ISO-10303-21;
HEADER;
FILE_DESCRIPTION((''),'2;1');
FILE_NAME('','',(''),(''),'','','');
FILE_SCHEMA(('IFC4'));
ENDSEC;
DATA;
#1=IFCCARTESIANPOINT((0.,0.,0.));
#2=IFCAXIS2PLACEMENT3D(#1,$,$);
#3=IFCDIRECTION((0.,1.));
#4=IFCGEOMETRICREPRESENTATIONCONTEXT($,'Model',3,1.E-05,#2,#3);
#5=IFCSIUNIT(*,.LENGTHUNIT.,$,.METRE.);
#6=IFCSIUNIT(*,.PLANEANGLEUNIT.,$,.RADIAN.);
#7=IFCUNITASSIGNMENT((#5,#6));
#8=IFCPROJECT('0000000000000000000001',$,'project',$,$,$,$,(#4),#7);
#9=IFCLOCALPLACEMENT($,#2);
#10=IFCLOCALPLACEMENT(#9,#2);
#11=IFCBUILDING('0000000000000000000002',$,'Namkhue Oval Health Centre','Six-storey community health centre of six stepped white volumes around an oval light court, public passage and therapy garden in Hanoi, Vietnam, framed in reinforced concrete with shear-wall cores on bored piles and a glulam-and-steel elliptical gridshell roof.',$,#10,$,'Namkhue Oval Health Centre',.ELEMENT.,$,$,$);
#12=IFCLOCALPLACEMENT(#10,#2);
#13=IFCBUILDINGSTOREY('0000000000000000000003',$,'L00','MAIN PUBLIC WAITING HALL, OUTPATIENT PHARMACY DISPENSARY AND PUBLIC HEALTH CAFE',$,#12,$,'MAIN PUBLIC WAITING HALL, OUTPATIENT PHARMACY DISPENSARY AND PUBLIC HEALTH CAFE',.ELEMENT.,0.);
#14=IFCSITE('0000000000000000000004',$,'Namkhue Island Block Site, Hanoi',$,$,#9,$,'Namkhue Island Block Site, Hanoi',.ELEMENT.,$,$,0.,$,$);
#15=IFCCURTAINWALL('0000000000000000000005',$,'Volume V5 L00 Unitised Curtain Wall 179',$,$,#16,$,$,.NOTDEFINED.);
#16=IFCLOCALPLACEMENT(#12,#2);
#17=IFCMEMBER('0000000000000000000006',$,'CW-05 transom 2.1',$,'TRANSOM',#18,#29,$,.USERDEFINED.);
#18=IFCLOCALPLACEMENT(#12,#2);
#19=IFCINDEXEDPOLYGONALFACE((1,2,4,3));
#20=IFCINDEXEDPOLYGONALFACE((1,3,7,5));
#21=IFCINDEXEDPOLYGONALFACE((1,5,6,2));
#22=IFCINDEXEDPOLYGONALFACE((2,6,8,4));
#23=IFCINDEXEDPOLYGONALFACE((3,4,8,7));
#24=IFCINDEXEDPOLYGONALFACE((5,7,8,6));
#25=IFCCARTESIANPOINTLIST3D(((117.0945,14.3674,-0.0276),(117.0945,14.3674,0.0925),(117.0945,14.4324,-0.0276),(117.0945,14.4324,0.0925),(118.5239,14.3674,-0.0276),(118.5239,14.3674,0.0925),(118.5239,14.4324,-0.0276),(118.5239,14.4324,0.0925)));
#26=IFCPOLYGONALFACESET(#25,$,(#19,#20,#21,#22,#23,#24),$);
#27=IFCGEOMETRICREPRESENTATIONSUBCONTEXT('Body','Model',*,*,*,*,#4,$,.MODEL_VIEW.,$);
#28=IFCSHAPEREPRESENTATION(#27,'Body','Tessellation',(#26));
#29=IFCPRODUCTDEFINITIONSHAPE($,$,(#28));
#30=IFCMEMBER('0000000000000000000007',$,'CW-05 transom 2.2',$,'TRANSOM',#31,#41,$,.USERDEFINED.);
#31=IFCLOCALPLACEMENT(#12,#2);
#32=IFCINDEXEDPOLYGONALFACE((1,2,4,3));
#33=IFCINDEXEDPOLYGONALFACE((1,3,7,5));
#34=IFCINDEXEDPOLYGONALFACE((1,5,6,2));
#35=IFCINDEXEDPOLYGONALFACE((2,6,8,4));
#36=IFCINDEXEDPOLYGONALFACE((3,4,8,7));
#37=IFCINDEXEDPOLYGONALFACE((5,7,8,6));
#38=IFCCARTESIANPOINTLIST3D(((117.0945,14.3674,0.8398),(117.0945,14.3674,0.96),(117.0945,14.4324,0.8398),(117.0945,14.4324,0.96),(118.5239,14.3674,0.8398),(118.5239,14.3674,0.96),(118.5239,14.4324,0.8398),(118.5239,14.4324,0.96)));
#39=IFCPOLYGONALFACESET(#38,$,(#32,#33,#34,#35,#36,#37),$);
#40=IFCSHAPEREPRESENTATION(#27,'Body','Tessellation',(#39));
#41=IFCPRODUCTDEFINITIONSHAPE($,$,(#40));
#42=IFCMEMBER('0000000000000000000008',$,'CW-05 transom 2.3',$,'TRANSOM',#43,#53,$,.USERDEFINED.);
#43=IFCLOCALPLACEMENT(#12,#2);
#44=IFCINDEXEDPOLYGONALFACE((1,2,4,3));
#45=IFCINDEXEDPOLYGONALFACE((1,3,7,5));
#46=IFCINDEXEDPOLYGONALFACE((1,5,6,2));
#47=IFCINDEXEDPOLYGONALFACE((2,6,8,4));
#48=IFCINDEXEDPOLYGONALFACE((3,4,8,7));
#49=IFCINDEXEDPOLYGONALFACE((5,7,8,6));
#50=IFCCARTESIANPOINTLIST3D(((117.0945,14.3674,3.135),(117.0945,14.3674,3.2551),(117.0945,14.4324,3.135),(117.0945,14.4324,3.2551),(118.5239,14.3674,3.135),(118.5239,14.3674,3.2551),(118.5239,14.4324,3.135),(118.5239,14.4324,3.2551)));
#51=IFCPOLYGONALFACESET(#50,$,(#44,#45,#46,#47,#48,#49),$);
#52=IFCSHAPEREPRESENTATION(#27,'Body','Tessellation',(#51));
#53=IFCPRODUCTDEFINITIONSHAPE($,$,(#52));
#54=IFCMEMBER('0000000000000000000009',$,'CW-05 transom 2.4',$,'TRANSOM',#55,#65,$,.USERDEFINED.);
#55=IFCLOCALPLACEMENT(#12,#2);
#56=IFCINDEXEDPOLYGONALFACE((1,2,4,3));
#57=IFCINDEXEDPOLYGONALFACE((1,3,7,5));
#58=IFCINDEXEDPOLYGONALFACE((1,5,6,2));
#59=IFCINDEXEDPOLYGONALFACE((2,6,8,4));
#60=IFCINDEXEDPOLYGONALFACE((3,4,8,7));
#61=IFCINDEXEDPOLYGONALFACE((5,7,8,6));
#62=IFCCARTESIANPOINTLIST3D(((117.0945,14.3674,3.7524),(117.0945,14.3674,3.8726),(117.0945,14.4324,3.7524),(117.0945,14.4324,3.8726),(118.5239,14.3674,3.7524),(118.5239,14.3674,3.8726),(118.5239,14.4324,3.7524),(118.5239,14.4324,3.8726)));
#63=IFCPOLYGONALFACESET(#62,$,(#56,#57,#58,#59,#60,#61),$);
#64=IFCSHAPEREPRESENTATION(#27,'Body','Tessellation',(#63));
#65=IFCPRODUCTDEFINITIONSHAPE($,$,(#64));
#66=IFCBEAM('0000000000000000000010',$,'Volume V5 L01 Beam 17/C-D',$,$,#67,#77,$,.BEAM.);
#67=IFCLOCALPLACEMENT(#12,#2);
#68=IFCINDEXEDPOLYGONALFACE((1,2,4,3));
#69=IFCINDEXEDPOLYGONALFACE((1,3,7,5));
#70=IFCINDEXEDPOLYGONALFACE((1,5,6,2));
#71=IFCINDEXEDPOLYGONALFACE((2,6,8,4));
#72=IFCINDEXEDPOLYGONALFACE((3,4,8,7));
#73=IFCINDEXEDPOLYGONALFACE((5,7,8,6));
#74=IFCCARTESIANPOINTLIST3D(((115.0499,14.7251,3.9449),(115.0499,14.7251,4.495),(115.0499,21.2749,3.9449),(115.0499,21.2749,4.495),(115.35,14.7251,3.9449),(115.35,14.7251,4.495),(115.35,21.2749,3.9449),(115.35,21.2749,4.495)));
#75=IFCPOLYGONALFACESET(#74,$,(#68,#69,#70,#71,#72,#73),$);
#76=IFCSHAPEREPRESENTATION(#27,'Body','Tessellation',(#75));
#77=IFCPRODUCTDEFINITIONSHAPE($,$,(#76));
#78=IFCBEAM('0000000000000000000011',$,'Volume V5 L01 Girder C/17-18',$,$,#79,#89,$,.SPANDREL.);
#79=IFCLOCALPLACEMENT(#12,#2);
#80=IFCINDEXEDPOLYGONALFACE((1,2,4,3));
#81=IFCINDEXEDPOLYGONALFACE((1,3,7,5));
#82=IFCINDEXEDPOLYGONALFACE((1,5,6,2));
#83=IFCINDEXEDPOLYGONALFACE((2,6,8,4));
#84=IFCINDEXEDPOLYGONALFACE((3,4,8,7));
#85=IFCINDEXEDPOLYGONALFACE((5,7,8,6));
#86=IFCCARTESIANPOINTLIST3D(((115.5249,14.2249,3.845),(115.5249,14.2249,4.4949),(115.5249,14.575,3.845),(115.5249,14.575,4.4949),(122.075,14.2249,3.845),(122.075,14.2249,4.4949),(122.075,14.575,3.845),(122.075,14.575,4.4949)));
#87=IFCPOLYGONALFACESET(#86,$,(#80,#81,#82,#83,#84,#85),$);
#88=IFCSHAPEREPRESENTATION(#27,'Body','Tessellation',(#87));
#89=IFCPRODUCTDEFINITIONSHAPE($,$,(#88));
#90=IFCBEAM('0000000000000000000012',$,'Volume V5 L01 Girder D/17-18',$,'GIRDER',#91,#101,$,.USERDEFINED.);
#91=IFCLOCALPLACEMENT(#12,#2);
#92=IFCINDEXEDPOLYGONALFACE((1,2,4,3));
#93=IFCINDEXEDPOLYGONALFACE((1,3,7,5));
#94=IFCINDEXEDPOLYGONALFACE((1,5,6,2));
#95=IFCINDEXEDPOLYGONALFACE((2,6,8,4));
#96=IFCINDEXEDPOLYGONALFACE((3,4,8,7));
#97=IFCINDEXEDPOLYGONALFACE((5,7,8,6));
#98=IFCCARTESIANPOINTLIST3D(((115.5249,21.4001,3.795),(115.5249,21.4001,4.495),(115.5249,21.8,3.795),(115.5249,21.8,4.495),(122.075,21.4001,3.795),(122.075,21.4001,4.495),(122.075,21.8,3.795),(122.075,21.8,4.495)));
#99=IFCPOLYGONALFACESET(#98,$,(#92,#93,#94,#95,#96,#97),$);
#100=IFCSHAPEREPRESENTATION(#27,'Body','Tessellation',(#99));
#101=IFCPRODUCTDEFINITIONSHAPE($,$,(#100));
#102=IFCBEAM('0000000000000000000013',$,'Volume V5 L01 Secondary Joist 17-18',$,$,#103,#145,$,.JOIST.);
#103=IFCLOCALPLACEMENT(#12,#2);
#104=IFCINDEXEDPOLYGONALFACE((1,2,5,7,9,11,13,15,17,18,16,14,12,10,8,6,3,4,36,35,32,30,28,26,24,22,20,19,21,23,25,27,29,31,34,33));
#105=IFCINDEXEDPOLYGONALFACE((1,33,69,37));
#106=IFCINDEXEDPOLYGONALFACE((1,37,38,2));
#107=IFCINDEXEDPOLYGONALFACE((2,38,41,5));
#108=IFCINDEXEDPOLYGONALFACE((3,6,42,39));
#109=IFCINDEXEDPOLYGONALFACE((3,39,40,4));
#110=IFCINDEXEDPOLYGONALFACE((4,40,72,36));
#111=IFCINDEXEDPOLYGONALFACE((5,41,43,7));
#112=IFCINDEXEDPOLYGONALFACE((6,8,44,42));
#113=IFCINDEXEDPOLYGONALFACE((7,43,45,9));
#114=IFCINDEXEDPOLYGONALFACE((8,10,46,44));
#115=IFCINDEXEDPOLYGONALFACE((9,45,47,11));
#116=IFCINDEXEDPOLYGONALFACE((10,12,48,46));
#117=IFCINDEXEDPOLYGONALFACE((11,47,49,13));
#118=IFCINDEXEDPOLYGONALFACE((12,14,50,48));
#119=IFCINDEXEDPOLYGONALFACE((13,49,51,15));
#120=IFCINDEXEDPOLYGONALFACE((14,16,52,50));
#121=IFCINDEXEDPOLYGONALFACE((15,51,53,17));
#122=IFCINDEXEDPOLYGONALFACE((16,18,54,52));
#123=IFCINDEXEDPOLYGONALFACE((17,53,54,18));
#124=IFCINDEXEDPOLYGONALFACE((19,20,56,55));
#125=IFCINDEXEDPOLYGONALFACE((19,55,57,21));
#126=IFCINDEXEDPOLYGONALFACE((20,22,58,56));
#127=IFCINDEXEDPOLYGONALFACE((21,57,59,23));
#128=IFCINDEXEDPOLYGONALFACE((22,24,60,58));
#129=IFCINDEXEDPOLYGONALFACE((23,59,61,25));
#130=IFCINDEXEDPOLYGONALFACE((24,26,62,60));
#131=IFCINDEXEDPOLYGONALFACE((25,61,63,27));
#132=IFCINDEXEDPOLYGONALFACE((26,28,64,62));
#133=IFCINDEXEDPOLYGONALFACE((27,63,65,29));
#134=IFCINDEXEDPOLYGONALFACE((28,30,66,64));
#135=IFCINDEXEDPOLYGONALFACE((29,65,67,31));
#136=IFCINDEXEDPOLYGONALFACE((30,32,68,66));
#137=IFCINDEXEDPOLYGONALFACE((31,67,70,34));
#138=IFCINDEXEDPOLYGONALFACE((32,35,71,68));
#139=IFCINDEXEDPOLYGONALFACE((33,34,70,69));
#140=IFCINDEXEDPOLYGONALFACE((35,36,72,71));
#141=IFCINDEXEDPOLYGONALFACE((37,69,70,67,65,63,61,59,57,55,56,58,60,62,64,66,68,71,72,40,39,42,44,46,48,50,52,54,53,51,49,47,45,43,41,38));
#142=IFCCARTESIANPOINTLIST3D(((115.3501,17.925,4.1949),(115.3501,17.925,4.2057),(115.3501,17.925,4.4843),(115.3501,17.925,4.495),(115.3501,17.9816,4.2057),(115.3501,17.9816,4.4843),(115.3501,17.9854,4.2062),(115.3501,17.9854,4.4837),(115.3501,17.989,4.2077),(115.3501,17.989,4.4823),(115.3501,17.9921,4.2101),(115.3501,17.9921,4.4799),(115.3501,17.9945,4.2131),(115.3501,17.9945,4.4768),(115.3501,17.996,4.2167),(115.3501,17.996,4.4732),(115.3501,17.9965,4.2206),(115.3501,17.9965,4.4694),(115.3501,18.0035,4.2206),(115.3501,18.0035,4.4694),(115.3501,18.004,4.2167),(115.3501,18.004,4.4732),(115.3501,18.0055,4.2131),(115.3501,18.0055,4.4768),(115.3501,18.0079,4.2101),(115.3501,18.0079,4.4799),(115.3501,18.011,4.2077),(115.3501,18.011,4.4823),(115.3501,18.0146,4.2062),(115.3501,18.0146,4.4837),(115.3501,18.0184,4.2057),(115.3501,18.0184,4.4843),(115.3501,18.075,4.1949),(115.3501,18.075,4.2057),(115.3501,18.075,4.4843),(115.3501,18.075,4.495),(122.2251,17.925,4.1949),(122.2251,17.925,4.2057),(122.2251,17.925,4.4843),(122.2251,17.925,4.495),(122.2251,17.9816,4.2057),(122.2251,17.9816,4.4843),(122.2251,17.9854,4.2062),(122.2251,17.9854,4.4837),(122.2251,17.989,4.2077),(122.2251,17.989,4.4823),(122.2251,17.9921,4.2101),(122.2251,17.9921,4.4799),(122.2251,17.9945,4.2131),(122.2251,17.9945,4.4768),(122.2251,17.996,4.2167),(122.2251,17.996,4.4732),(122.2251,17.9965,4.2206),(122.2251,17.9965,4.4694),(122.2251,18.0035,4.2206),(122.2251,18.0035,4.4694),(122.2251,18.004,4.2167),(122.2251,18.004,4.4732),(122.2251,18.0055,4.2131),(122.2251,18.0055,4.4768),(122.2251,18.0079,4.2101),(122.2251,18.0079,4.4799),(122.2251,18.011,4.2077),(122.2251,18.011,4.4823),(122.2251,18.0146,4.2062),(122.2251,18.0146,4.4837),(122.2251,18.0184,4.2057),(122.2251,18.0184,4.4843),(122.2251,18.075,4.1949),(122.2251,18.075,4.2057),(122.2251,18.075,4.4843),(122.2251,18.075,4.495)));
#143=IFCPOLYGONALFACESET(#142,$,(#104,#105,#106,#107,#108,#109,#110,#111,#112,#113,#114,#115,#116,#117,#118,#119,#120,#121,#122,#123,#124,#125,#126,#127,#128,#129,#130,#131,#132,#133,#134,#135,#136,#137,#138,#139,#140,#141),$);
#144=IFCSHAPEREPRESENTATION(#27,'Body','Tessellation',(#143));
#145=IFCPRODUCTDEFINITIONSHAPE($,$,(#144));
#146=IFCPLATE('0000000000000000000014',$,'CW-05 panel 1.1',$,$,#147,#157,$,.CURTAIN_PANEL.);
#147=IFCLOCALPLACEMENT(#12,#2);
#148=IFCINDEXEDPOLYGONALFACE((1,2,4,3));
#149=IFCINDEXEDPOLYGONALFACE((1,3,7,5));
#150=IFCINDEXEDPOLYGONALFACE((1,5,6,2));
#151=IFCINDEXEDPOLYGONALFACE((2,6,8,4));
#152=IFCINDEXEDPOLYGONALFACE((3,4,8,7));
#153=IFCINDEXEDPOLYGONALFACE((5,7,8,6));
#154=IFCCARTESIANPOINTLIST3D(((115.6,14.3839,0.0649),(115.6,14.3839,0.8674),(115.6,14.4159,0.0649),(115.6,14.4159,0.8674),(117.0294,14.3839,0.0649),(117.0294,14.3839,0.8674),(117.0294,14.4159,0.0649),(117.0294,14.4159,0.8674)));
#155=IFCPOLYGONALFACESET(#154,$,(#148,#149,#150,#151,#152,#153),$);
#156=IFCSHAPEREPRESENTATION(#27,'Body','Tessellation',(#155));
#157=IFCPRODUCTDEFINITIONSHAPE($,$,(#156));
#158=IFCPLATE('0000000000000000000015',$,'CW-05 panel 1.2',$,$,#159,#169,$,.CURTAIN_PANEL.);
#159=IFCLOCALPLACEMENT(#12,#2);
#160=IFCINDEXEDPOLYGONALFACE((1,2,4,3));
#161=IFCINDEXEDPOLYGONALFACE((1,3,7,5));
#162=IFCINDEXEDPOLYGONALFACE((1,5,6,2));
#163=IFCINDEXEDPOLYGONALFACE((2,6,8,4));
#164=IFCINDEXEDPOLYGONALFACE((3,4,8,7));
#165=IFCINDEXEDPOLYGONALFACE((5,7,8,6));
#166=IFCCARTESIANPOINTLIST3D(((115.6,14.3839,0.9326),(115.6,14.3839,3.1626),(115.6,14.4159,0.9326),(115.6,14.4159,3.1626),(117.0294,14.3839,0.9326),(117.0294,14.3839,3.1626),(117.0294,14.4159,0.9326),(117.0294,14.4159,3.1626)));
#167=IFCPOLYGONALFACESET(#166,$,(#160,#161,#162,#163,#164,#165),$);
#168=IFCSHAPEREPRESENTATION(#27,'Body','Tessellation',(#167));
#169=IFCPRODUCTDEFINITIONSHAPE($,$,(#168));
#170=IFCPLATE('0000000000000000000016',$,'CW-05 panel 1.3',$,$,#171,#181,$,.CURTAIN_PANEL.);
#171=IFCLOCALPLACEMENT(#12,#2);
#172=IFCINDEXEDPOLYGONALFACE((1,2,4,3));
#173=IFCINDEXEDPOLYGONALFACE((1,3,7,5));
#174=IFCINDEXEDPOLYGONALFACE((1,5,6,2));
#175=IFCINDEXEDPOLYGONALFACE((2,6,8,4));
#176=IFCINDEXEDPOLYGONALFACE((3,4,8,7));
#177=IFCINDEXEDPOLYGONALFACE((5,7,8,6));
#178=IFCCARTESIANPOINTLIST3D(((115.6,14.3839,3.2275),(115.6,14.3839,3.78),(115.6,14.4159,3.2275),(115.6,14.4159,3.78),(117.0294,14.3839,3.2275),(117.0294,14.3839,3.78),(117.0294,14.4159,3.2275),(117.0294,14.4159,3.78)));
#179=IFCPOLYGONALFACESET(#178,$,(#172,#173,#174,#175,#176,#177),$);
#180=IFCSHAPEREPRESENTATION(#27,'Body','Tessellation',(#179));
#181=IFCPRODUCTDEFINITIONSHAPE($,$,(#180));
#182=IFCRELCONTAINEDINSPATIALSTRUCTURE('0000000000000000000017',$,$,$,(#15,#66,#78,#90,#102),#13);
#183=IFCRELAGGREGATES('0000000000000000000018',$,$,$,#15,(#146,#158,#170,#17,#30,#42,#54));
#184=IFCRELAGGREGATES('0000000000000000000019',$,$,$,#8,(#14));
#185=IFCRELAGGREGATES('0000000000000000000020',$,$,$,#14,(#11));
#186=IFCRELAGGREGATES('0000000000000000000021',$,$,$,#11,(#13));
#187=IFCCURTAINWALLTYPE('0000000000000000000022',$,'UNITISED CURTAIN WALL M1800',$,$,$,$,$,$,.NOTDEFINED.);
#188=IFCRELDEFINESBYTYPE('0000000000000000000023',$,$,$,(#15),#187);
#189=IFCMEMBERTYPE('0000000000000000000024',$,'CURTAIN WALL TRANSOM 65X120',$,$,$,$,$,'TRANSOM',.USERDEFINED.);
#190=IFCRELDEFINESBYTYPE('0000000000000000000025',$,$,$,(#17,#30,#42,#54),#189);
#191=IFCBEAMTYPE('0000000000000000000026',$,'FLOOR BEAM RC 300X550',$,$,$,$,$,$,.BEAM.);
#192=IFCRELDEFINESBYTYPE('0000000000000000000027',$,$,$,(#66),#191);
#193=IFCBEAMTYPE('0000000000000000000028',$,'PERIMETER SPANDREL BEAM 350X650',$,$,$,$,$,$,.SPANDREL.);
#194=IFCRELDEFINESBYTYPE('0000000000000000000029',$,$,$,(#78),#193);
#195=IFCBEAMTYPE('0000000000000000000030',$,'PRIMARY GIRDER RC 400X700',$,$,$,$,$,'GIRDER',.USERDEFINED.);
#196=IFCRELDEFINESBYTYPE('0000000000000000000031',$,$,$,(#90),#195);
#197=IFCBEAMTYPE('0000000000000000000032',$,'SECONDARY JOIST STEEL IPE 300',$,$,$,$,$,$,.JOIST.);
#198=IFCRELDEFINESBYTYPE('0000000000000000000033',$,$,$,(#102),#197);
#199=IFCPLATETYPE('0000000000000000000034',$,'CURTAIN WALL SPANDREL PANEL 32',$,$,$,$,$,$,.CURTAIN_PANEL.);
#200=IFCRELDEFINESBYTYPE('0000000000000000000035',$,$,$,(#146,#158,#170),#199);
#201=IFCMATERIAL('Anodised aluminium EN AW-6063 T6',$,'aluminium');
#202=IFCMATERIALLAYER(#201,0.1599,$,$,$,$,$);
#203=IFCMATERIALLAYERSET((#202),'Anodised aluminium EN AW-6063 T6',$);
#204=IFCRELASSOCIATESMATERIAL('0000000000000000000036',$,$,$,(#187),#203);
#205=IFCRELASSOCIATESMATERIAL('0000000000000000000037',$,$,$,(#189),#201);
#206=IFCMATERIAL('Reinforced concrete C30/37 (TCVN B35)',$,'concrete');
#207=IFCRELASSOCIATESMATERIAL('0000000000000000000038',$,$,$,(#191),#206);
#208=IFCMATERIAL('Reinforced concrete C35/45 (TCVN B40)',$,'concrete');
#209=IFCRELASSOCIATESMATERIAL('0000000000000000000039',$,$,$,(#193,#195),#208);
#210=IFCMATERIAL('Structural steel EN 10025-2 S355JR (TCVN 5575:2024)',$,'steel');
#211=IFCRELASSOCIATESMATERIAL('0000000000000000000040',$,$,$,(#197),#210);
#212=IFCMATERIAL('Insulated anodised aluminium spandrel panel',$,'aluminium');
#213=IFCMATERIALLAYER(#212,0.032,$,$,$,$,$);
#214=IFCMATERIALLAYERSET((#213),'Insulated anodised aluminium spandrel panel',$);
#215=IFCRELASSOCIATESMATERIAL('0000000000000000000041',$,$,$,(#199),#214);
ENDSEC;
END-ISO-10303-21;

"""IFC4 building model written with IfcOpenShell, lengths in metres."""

from ifc_helpers import new_model, si_unit, direction, frame, origin, origin_2d, place, context, subcontext, project, spatial, rectangle, i_section, extrude, material, layer, layer_set, material_profile, profile_set, type_object, element, aggregate, save


model = new_model("IFC4")

# Units and contexts
model_context = context("Model", 3, precision=1e-05, world=origin(), true_north=direction((0.0, 1.0)))
body_context = subcontext(model_context, "Body", "Model", "MODEL_VIEW")
ifc_project = project(units=[si_unit("LENGTHUNIT", "METRE"), si_unit("PLANEANGLEUNIT", "RADIAN")], contexts=[model_context])

# Site, building, storey
site_placement = place(None, origin())
site = spatial("IfcSite", under=ifc_project, at=site_placement, Name="Namkhue Island Block Site, Hanoi", LongName="Namkhue Island Block Site, Hanoi", CompositionType="ELEMENT", RefElevation=0.0)
building_placement = place(site_placement, origin())
building = spatial("IfcBuilding", under=site, at=building_placement, Name="Namkhue Oval Health Centre", Description="Six-storey community health centre of six stepped white volumes around an oval light court, public passage and therapy garden in Hanoi, Vietnam, framed in reinforced concrete with shear-wall cores on bored piles and a glulam-and-steel elliptical gridshell roof.", LongName="Namkhue Oval Health Centre", CompositionType="ELEMENT")
storey_placement = place(building_placement, origin())
storey = spatial("IfcBuildingStorey", under=building, at=storey_placement, Name="L00", Description="MAIN PUBLIC WAITING HALL, OUTPATIENT PHARMACY DISPENSARY AND PUBLIC HEALTH CAFE", LongName="MAIN PUBLIC WAITING HALL, OUTPATIENT PHARMACY DISPENSARY AND PUBLIC HEALTH CAFE", CompositionType="ELEMENT", Elevation=0.0)

# Shared definitions
ifc_material_1 = material(Name="Reinforced concrete C30/37 (TCVN B35)", Category="concrete")

# Shared definitions
ifc_material_2 = material(Name="Reinforced concrete C35/45 (TCVN B40)", Category="concrete")

# Curtain wall, members
ifc_material_3 = material(Name="Anodised aluminium EN AW-6063 T6", Category="aluminium")
ifc_layer_1 = layer(ifc_material_3, 0.1599)
ifc_layer_set_1 = layer_set([ifc_layer_1], Name="Anodised aluminium EN AW-6063 T6")
curtain_wall_type = type_object("IfcCurtainWallType", Name="UNITISED CURTAIN WALL M1800", PredefinedType="NOTDEFINED", material=ifc_layer_set_1)
curtain_wall_placement = place(storey_placement, origin())
curtain_wall = element("IfcCurtainWall", 1, at=curtain_wall_placement, inside=storey, type_object=curtain_wall_type, Name="Volume V5 L00 Unitised Curtain Wall 179", PredefinedType="NOTDEFINED")
ifc_material_profile_1 = material_profile(ifc_material_3, rectangle(XDim=0.0649, YDim=0.1201, at=origin_2d()), Name="ALU 65x120")
ifc_profile_set_1 = profile_set([ifc_material_profile_1], Name="Anodised aluminium EN AW-6063 T6")
member_type_1 = type_object("IfcMemberType", Name="CURTAIN WALL TRANSOM 65X120", ElementType="TRANSOM", PredefinedType="USERDEFINED", material=ifc_profile_set_1)
member_1_placement = place(storey_placement, frame((117.0945, 14.3999, 0.0325), z_axis=(1.0, 0.0, 0.0), x_axis=(0.0, 1.0, 0.0)))
member_1 = element("IfcMember", 2, at=member_1_placement, type_object=member_type_1, Name="CW-05 transom 2.1", ObjectType="TRANSOM", PredefinedType="USERDEFINED", context=body_context, shape_type="SweptSolid", body=[
    extrude(rectangle(XDim=0.0649, YDim=0.1201, at=origin_2d()), origin(), (0.0, 0.0, 1.0), 1.4294),
])
member_2_placement = place(storey_placement, frame((117.0945, 14.3999, 0.8999), z_axis=(1.0, 0.0, 0.0), x_axis=(0.0, 1.0, 0.0)))
member_2 = element("IfcMember", 3, at=member_2_placement, type_object=member_type_1, Name="CW-05 transom 2.2", ObjectType="TRANSOM", PredefinedType="USERDEFINED", context=body_context, shape_type="SweptSolid", body=[
    extrude(rectangle(XDim=0.0649, YDim=0.1201, at=origin_2d()), origin(), (0.0, 0.0, 1.0), 1.4294),
])
member_3_placement = place(storey_placement, frame((117.0945, 14.3999, 3.1951), z_axis=(1.0, 0.0, 0.0), x_axis=(0.0, 1.0, 0.0)))
member_3 = element("IfcMember", 4, at=member_3_placement, type_object=member_type_1, Name="CW-05 transom 2.3", ObjectType="TRANSOM", PredefinedType="USERDEFINED", context=body_context, shape_type="SweptSolid", body=[
    extrude(rectangle(XDim=0.0649, YDim=0.1201, at=origin_2d()), origin(), (0.0, 0.0, 1.0), 1.4294),
])
member_4_placement = place(storey_placement, frame((117.0945, 14.3999, 3.8125), z_axis=(1.0, 0.0, 0.0), x_axis=(0.0, 1.0, 0.0)))
member_4 = element("IfcMember", 5, at=member_4_placement, type_object=member_type_1, Name="CW-05 transom 2.4", ObjectType="TRANSOM", PredefinedType="USERDEFINED", context=body_context, shape_type="SweptSolid", body=[
    extrude(rectangle(XDim=0.0649, YDim=0.1201, at=origin_2d()), origin(), (0.0, 0.0, 1.0), 1.4294),
])

# Beams
ifc_material_profile_2 = material_profile(ifc_material_1, rectangle(XDim=0.3, YDim=0.55, at=origin_2d()), Name="RC 300x550")
ifc_profile_set_2 = profile_set([ifc_material_profile_2], Name="Reinforced concrete C30/37 (TCVN B35)")
beam_type_1 = type_object("IfcBeamType", Name="FLOOR BEAM RC 300X550", PredefinedType="BEAM", material=ifc_profile_set_2)
beam_1_placement = place(storey_placement, frame((115.2, 14.7251, 4.22), z_axis=(0.0, 1.0, 0.0), x_axis=(-1.0, 0.0, 0.0)))
element("IfcBeam", 6, at=beam_1_placement, inside=storey, type_object=beam_type_1, Name="Volume V5 L01 Beam 17/C-D", PredefinedType="BEAM", context=body_context, shape_type="SweptSolid", body=[
    extrude(rectangle(XDim=0.3, YDim=0.55, at=origin_2d()), origin(), (0.0, 0.0, 1.0), 6.5498),
])
ifc_material_profile_3 = material_profile(ifc_material_2, rectangle(XDim=0.3501, YDim=0.6499, at=origin_2d()), Name="RC 350x650")
ifc_profile_set_3 = profile_set([ifc_material_profile_3], Name="Reinforced concrete C35/45 (TCVN B40)")
beam_type_2 = type_object("IfcBeamType", Name="PERIMETER SPANDREL BEAM 350X650", PredefinedType="SPANDREL", material=ifc_profile_set_3)
beam_2_placement = place(storey_placement, frame((115.5249, 14.3999, 4.1699), z_axis=(1.0, 0.0, 0.0), x_axis=(0.0, 1.0, 0.0)))
element("IfcBeam", 7, at=beam_2_placement, inside=storey, type_object=beam_type_2, Name="Volume V5 L01 Girder C/17-18", PredefinedType="SPANDREL", context=body_context, shape_type="SweptSolid", body=[
    extrude(rectangle(XDim=0.3501, YDim=0.6499, at=origin_2d()), origin(), (0.0, 0.0, 1.0), 6.55),
])
ifc_material_profile_4 = material_profile(ifc_material_2, rectangle(XDim=0.3999, YDim=0.7, at=origin_2d()), Name="RC 400x700")
ifc_profile_set_4 = profile_set([ifc_material_profile_4], Name="Reinforced concrete C35/45 (TCVN B40)")
beam_type_3 = type_object("IfcBeamType", Name="PRIMARY GIRDER RC 400X700", ElementType="GIRDER", PredefinedType="USERDEFINED", material=ifc_profile_set_4)
beam_3_placement = place(storey_placement, frame((115.5249, 21.6001, 4.145), z_axis=(1.0, 0.0, 0.0), x_axis=(0.0, 1.0, 0.0)))
element("IfcBeam", 8, at=beam_3_placement, inside=storey, type_object=beam_type_3, Name="Volume V5 L01 Girder D/17-18", ObjectType="GIRDER", PredefinedType="USERDEFINED", context=body_context, shape_type="SweptSolid", body=[
    extrude(rectangle(XDim=0.3999, YDim=0.7, at=origin_2d()), origin(), (0.0, 0.0, 1.0), 6.55),
])
ifc_material_4 = material(Name="Structural steel EN 10025-2 S355JR (TCVN 5575:2024)", Category="steel")
ifc_material_profile_5 = material_profile(ifc_material_4, i_section(OverallWidth=0.1499, OverallDepth=0.3, WebThickness=0.0071, FlangeThickness=0.0107, FilletRadius=0.0149, at=origin_2d()), Name="IPE 300")
ifc_profile_set_5 = profile_set([ifc_material_profile_5], Name="Structural steel EN 10025-2 S355JR (TCVN 5575:2024)")
beam_type_4 = type_object("IfcBeamType", Name="SECONDARY JOIST STEEL IPE 300", PredefinedType="JOIST", material=ifc_profile_set_5)
beam_4_placement = place(storey_placement, frame((115.3501, 18.0, 4.345), z_axis=(1.0, 0.0, 0.0), x_axis=(0.0, 1.0, 0.0)))
element("IfcBeam", 9, at=beam_4_placement, inside=storey, type_object=beam_type_4, Name="Volume V5 L01 Secondary Joist 17-18", PredefinedType="JOIST", context=body_context, shape_type="SweptSolid", body=[
    extrude(i_section(OverallWidth=0.1499, OverallDepth=0.3, WebThickness=0.0071, FlangeThickness=0.0107, FilletRadius=0.0149, at=origin_2d()), origin(), (0.0, 0.0, 1.0), 6.875),
])

# Plates
ifc_material_5 = material(Name="Insulated anodised aluminium spandrel panel", Category="aluminium")
ifc_layer_2 = layer(ifc_material_5, 0.032)
ifc_layer_set_2 = layer_set([ifc_layer_2], Name="Insulated anodised aluminium spandrel panel")
plate_type = type_object("IfcPlateType", Name="CURTAIN WALL SPANDREL PANEL 32", PredefinedType="CURTAIN_PANEL", material=ifc_layer_set_2)
plate_1_placement = place(storey_placement, frame((116.3147, 14.3999, 0.0649), z_axis=(0.0, 0.0, 1.0), x_axis=(1.0, 0.0, 0.0)))
plate_1 = element("IfcPlate", 10, at=plate_1_placement, type_object=plate_type, Name="CW-05 panel 1.1", PredefinedType="CURTAIN_PANEL", context=body_context, shape_type="SweptSolid", body=[
    extrude(rectangle(XDim=1.4294, YDim=0.032, at=origin_2d()), origin(), (0.0, 0.0, 1.0), 0.8025),
])
plate_2_placement = place(storey_placement, frame((116.3147, 14.3999, 0.9326), z_axis=(0.0, 0.0, 1.0), x_axis=(1.0, 0.0, 0.0)))
plate_2 = element("IfcPlate", 11, at=plate_2_placement, type_object=plate_type, Name="CW-05 panel 1.2", PredefinedType="CURTAIN_PANEL", context=body_context, shape_type="SweptSolid", body=[
    extrude(rectangle(XDim=1.4294, YDim=0.032, at=origin_2d()), origin(), (0.0, 0.0, 1.0), 2.23),
])
plate_3_placement = place(storey_placement, frame((116.3147, 14.3999, 3.2275), z_axis=(0.0, 0.0, 1.0), x_axis=(1.0, 0.0, 0.0)))
plate_3 = element("IfcPlate", 12, at=plate_3_placement, type_object=plate_type, Name="CW-05 panel 1.3", PredefinedType="CURTAIN_PANEL", context=body_context, shape_type="SweptSolid", body=[
    extrude(rectangle(XDim=1.4294, YDim=0.032, at=origin_2d()), origin(), (0.0, 0.0, 1.0), 0.5525),
])
aggregate(curtain_wall, [plate_1, plate_2, plate_3, member_1, member_2, member_3, member_4])

save(model, "model.ifc")
